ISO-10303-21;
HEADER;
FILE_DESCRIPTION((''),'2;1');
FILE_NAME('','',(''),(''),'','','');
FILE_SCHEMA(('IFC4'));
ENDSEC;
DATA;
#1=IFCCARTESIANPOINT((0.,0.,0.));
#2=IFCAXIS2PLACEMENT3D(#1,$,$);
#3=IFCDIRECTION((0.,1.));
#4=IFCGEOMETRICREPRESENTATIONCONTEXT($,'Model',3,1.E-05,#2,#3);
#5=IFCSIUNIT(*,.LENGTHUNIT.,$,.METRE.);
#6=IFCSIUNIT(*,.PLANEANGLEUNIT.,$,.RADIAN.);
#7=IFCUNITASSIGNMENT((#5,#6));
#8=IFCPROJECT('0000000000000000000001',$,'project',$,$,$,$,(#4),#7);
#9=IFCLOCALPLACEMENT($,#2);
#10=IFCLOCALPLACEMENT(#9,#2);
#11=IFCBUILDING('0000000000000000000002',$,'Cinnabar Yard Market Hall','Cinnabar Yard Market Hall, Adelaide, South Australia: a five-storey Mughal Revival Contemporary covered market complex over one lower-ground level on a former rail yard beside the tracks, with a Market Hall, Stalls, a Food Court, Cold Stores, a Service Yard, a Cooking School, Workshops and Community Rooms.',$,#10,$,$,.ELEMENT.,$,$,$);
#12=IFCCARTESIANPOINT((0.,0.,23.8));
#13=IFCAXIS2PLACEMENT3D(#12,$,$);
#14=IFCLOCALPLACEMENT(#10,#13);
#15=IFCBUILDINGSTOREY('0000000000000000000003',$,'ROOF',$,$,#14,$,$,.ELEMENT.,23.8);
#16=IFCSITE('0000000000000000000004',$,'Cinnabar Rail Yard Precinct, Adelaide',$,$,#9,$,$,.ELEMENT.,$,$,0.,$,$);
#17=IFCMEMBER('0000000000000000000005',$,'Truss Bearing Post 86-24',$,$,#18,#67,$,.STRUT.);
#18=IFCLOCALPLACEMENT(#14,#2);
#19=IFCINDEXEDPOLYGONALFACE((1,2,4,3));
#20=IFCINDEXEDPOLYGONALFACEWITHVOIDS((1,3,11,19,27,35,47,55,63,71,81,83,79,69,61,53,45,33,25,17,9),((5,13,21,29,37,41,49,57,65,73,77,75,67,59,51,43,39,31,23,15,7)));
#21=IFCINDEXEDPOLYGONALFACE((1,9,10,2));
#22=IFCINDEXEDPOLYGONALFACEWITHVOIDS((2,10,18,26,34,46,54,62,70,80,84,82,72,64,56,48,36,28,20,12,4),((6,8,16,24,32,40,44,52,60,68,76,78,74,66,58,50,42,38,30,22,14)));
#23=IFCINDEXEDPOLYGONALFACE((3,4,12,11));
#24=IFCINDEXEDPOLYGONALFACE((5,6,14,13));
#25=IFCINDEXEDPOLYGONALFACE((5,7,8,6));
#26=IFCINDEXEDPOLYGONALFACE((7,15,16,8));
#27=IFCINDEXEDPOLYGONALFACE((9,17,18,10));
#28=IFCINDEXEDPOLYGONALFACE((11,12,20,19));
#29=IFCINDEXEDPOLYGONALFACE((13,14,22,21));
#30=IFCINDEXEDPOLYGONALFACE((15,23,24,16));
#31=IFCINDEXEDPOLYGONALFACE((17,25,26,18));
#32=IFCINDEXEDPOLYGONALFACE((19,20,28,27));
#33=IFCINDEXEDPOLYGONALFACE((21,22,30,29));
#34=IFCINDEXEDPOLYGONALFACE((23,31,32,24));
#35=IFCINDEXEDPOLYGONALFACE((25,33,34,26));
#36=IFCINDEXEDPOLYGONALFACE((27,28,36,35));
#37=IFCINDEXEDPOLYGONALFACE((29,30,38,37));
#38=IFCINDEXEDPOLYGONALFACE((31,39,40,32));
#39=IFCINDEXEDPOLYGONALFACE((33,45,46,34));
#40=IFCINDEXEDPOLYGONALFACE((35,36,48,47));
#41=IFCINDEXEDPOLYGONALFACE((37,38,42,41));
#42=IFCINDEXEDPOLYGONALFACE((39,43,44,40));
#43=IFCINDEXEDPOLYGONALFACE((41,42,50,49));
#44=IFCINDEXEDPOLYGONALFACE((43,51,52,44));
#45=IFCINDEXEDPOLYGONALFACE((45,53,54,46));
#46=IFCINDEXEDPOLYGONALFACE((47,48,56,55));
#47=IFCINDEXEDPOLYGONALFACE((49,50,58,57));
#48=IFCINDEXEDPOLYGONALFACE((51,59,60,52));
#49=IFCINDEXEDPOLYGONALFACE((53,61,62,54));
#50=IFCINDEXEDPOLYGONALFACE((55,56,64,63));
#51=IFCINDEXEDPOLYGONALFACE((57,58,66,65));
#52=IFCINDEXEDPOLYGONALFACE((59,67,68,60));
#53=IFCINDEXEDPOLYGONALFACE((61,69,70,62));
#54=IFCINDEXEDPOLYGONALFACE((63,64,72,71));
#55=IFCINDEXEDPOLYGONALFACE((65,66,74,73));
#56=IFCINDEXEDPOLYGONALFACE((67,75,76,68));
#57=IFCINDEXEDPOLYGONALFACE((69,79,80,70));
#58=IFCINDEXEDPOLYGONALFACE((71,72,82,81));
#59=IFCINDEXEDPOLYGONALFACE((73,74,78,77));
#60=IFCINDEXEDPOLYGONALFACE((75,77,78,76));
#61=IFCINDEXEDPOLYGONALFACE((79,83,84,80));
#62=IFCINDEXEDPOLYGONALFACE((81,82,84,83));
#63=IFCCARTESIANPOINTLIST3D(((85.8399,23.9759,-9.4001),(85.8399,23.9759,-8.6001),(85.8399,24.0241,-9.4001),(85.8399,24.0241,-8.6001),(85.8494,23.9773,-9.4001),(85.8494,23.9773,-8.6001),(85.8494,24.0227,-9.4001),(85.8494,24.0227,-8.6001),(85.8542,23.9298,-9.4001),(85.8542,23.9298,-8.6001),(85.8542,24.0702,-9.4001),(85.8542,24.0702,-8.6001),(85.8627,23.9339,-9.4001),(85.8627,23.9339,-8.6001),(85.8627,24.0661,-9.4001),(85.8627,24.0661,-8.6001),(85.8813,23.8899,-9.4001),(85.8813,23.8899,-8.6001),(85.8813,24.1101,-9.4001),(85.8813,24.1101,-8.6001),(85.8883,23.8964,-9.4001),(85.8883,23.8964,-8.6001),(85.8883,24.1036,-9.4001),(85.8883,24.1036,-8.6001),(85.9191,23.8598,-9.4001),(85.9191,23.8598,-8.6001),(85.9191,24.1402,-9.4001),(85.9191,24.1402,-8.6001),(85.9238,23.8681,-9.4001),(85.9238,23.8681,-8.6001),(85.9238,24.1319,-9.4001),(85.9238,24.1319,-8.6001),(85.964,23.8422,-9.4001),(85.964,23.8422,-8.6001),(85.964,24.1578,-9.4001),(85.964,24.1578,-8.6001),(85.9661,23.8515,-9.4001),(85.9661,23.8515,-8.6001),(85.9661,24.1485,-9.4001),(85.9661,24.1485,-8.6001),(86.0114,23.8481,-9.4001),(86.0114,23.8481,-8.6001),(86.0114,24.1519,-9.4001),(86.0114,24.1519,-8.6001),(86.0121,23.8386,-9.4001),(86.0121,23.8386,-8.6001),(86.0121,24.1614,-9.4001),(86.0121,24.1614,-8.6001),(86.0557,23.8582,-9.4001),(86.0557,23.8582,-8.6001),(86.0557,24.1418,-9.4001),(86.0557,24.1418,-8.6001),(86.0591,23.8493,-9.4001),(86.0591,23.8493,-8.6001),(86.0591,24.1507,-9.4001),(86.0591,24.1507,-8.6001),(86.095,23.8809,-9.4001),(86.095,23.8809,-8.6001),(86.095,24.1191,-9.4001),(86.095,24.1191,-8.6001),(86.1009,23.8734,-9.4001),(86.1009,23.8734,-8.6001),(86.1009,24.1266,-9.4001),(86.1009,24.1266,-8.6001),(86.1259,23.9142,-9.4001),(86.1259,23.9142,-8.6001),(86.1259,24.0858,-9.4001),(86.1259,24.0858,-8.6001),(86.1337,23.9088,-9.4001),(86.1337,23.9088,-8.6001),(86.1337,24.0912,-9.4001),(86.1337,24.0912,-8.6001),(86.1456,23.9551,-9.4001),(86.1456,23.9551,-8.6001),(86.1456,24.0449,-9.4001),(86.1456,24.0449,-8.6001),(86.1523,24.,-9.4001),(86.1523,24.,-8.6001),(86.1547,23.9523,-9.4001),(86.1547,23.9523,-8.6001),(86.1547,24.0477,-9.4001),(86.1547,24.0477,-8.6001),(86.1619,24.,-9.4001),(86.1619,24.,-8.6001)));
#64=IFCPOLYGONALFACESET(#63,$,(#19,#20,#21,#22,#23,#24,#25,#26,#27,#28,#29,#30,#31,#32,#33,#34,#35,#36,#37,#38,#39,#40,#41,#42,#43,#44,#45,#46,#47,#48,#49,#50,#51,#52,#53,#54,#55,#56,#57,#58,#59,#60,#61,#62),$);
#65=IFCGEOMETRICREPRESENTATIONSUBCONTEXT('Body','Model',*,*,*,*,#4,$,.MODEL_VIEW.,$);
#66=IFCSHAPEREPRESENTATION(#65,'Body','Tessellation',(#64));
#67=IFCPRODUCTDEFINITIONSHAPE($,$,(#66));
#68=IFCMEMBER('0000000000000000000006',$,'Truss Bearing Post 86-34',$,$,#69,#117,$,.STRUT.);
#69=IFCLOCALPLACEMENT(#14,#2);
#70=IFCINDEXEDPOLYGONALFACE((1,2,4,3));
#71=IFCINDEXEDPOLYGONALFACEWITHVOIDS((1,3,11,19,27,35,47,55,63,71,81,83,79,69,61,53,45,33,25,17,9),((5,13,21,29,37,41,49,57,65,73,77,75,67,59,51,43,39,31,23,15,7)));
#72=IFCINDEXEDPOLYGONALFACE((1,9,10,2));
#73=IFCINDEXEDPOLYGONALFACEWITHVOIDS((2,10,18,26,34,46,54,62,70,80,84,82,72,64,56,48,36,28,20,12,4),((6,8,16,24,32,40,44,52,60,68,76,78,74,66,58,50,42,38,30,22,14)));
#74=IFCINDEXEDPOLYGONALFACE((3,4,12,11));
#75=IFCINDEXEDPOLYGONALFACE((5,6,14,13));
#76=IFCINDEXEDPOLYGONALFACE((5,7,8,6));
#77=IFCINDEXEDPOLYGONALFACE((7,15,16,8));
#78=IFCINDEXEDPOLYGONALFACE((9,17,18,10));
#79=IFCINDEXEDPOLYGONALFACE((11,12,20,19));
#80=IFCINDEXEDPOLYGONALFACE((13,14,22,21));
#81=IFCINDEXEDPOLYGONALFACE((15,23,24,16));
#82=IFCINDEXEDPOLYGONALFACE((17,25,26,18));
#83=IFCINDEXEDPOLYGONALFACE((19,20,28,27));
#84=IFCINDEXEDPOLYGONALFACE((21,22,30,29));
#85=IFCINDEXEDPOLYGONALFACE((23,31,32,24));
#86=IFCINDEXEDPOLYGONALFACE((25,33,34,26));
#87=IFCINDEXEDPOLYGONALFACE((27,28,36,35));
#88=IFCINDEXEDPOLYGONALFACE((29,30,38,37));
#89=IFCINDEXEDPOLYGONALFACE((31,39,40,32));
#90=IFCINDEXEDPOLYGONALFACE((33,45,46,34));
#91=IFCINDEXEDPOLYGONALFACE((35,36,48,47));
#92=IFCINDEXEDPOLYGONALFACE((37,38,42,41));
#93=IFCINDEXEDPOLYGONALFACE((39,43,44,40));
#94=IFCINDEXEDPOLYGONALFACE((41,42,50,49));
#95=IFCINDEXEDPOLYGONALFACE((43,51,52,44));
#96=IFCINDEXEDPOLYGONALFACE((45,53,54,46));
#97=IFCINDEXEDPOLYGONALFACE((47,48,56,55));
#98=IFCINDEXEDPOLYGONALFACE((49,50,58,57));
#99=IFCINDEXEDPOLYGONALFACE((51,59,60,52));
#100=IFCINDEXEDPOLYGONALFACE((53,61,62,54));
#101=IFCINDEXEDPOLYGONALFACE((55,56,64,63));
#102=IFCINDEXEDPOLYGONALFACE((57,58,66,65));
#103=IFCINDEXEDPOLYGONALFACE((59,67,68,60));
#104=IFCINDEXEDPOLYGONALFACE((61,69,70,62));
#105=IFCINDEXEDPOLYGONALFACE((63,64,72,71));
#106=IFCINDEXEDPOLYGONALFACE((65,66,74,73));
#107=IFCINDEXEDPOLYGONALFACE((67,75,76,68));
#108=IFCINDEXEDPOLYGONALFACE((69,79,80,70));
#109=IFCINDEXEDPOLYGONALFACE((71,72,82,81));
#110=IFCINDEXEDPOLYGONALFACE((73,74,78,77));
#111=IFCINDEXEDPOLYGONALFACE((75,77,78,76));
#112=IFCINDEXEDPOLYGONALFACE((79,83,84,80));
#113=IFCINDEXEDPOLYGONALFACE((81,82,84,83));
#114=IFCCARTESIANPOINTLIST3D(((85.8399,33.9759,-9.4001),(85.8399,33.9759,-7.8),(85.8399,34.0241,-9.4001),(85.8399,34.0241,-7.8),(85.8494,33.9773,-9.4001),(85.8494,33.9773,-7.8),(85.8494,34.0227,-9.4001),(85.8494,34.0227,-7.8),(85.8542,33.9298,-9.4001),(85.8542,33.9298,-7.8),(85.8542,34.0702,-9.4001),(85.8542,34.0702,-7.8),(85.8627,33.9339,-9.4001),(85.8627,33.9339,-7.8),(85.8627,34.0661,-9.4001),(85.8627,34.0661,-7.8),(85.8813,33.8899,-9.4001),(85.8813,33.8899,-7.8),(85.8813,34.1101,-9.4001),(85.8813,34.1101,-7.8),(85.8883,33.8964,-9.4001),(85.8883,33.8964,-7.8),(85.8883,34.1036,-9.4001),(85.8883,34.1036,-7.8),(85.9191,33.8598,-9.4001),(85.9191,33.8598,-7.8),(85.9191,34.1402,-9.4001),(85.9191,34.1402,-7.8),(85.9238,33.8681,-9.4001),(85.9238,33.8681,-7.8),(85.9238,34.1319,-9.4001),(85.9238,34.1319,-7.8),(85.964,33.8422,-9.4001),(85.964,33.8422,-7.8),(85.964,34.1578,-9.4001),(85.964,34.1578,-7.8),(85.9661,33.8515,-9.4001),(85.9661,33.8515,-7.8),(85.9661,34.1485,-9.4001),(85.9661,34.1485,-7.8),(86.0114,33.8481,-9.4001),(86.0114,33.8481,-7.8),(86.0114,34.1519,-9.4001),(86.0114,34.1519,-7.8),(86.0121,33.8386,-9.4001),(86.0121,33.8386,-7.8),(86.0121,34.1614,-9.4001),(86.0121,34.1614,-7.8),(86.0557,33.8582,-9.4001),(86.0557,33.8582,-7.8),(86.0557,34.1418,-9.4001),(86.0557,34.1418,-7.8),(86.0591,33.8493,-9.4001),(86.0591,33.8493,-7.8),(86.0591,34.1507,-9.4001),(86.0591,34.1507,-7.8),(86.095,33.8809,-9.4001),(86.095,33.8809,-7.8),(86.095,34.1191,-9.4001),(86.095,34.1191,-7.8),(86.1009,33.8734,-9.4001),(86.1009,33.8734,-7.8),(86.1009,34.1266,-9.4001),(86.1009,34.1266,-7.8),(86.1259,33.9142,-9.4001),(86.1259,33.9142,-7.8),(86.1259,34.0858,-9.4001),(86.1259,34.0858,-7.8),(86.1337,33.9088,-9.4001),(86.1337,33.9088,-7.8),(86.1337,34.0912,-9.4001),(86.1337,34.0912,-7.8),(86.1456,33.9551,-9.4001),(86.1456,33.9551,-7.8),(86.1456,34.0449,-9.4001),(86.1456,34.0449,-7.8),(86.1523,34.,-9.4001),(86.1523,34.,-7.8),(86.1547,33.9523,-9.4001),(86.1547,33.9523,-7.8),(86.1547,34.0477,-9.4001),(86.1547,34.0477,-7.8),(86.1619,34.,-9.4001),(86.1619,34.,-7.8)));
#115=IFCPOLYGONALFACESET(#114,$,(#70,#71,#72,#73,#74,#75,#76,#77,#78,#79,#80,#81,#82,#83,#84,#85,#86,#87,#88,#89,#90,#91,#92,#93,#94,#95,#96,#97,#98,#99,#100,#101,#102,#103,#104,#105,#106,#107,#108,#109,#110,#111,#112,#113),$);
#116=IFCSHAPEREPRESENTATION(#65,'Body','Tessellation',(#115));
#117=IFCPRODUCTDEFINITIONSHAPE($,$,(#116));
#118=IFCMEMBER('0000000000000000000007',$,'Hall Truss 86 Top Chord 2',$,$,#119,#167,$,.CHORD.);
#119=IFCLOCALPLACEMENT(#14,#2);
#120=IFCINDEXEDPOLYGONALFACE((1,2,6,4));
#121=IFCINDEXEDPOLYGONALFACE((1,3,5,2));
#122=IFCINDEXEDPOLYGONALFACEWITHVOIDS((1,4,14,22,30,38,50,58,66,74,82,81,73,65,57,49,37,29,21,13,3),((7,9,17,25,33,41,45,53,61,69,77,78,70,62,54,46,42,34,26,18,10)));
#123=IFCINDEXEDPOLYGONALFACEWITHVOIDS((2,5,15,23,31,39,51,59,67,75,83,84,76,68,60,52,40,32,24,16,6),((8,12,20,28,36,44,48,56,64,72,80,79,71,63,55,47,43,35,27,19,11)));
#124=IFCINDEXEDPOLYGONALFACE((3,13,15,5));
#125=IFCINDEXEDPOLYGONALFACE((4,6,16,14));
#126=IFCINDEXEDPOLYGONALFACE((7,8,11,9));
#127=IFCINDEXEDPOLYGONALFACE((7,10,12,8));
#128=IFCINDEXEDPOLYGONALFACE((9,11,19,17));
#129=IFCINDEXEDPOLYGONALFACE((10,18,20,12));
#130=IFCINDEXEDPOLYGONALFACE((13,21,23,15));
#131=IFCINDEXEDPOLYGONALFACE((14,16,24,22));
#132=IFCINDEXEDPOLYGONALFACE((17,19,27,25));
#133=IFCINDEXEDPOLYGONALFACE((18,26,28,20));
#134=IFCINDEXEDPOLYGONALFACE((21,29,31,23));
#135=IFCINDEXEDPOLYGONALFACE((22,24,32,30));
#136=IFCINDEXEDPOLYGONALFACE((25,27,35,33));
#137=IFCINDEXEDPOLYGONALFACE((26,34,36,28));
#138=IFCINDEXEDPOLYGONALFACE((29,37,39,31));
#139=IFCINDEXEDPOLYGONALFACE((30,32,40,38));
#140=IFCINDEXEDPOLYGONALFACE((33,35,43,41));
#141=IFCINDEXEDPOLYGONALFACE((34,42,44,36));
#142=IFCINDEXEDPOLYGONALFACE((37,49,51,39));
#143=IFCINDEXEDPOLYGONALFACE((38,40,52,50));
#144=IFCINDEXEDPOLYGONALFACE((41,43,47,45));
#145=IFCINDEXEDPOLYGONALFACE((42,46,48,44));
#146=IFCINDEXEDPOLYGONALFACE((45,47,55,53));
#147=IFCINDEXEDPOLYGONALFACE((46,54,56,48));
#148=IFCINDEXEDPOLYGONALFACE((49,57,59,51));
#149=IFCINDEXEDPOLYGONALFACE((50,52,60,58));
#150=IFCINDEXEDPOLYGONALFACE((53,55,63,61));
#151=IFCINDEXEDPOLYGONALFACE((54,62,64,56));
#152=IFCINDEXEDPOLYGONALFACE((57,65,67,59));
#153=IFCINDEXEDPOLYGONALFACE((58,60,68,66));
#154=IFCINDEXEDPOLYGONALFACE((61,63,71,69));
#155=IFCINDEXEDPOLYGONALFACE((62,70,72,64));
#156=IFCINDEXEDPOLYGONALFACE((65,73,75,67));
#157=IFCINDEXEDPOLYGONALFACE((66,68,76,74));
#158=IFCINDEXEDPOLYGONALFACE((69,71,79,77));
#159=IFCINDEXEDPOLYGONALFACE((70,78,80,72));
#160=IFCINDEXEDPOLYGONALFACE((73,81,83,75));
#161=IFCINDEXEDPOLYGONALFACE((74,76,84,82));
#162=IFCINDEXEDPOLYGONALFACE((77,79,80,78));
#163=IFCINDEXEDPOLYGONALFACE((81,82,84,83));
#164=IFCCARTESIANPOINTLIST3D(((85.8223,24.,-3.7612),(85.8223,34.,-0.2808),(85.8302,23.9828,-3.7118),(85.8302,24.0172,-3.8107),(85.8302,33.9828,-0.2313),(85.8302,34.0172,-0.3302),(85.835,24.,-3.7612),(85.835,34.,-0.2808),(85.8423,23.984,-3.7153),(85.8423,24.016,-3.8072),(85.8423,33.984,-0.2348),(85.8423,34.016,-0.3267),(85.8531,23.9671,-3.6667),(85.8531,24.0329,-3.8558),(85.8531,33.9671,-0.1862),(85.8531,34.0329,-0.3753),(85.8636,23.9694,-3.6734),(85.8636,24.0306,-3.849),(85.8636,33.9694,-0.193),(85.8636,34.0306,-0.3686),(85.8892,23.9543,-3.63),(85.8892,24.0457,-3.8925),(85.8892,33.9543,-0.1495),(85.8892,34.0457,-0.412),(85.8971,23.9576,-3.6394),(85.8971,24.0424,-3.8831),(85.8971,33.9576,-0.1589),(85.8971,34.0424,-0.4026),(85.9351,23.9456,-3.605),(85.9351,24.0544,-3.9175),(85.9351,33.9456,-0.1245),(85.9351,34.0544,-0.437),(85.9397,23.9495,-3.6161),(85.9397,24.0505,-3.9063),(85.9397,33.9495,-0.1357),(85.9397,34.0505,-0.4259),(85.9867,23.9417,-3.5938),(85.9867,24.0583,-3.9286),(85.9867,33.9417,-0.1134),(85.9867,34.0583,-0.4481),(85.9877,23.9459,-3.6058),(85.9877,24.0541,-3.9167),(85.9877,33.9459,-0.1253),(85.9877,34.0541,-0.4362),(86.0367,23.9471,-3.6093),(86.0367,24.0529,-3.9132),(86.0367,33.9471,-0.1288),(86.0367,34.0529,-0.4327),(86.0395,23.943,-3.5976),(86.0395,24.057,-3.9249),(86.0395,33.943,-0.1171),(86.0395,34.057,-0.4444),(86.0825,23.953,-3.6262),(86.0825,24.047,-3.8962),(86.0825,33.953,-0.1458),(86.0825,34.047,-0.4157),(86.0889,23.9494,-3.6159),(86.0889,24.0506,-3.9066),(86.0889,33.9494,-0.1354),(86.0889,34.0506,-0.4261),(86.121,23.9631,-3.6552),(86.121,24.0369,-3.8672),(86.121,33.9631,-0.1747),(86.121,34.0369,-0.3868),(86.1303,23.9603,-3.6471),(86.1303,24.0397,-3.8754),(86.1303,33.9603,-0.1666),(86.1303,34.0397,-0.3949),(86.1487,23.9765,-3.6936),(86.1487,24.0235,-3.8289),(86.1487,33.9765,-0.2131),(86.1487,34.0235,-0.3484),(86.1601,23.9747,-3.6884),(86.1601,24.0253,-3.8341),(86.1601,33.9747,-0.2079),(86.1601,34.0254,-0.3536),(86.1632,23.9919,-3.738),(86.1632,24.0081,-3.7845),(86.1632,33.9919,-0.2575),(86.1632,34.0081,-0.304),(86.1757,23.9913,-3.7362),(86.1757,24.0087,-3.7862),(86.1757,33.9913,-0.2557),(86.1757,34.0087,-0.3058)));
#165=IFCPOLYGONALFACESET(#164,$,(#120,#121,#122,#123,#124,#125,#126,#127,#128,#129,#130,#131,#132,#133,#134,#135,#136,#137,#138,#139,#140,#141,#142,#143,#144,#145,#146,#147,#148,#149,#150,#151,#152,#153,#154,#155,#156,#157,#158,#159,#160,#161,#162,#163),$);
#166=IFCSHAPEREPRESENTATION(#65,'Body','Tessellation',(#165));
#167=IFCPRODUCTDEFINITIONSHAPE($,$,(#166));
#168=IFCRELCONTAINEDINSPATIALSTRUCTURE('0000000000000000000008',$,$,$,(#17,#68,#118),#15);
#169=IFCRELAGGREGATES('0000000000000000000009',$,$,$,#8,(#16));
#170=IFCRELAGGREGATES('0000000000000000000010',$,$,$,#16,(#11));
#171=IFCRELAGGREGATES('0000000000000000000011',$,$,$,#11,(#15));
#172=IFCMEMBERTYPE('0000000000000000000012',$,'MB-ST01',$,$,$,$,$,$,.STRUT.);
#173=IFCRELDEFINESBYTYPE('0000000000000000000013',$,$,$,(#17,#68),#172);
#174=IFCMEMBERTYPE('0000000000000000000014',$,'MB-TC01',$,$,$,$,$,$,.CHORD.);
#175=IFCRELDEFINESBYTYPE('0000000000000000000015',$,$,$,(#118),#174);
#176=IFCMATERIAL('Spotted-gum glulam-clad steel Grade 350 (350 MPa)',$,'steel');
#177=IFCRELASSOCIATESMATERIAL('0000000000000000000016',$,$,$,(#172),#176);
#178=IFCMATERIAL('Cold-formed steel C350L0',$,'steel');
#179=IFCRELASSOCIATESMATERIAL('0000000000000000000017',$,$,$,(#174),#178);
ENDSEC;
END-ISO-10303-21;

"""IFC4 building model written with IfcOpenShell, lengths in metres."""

from ifc_helpers import new_model, si_unit, direction, frame, origin, origin_2d_with_axis, place, context, subcontext, project, spatial, hollow_circle, extrude, material, material_profile, profile_set, type_object, element, save


model = new_model("IFC4")

# Units and contexts
model_context = context("Model", 3, precision=1e-05, world=origin(), true_north=direction((0.0, 1.0)))
body_context = subcontext(model_context, "Body", "Model", "MODEL_VIEW")
ifc_project = project(units=[si_unit("LENGTHUNIT", "METRE"), si_unit("PLANEANGLEUNIT", "RADIAN")], contexts=[model_context])

# Site, building, storey
site_placement = place(None, origin())
site = spatial("IfcSite", under=ifc_project, at=site_placement, Name="Cinnabar Rail Yard Precinct, Adelaide", CompositionType="ELEMENT", RefElevation=0.0)
building_placement = place(site_placement, origin())
building = spatial("IfcBuilding", under=site, at=building_placement, Name="Cinnabar Yard Market Hall", Description="Cinnabar Yard Market Hall, Adelaide, South Australia: a five-storey Mughal Revival Contemporary covered market complex over one lower-ground level on a former rail yard beside the tracks, with a Market Hall, Stalls, a Food Court, Cold Stores, a Service Yard, a Cooking School, Workshops and Community Rooms.", CompositionType="ELEMENT")
storey_placement = place(building_placement, frame((0.0, 0.0, 23.8)))
storey = spatial("IfcBuildingStorey", under=building, at=storey_placement, Name="ROOF", CompositionType="ELEMENT", Elevation=23.8)

# Members
ifc_material_1 = material(Name="Cold-formed steel C350L0", Category="steel")
ifc_material_2 = material(Name="Spotted-gum glulam-clad steel Grade 350 (350 MPa)", Category="steel")
ifc_material_profile_1 = material_profile(ifc_material_2, hollow_circle(Radius=0.1619, WallThickness=0.0095, at=origin_2d_with_axis()), Name="323.9x9.5CHS")
ifc_profile_set_1 = profile_set([ifc_material_profile_1], Name="Spotted-gum glulam-clad steel Grade 350 (350 MPa)")
member_type_1 = type_object("IfcMemberType", Name="MB-ST01", PredefinedType="STRUT", material=ifc_profile_set_1)
member_1_placement = place(storey_placement, frame((86.0, 24.0, -9.4001), z_axis=(0.0, 0.0, 1.0), x_axis=(1.0, 0.0, 0.0)))
element("IfcMember", 1, at=member_1_placement, inside=storey, type_object=member_type_1, Name="Truss Bearing Post 86-24", PredefinedType="STRUT", context=body_context, shape_type="SweptSolid", body=[
    extrude(hollow_circle(Radius=0.1619, WallThickness=0.0095, at=origin_2d_with_axis()), origin(), (0.0, 0.0, 1.0), 0.8),
])
member_2_placement = place(storey_placement, frame((86.0, 34.0, -9.4001), z_axis=(0.0, 0.0, 1.0), x_axis=(1.0, 0.0, 0.0)))
element("IfcMember", 2, at=member_2_placement, inside=storey, type_object=member_type_1, Name="Truss Bearing Post 86-34", PredefinedType="STRUT", context=body_context, shape_type="SweptSolid", body=[
    extrude(hollow_circle(Radius=0.1619, WallThickness=0.0095, at=origin_2d_with_axis()), origin(), (0.0, 0.0, 1.0), 1.6001),
])
ifc_material_profile_2 = material_profile(ifc_material_1, hollow_circle(Radius=0.1777, WallThickness=0.0127, at=origin_2d_with_axis()), Name="355.6x12.7CHS")
ifc_profile_set_2 = profile_set([ifc_material_profile_2], Name="Cold-formed steel C350L0")
member_type_2 = type_object("IfcMemberType", Name="MB-TC01", PredefinedType="CHORD", material=ifc_profile_set_2)
for number, where, z_axis, x_axis, name in (
    (3, (86.0, 24.0, -3.7612), (0.0, 0.944432, 0.328707), (-1.0, 0.0, 0.0), "Hall Truss 86 Top Chord 2"),
):
    element("IfcMember", number, at=place(storey_placement, frame(where, z_axis=z_axis, x_axis=x_axis)), inside=storey, type_object=member_type_2, Name=name, PredefinedType="CHORD", context=body_context, shape_type="SweptSolid", body=[
        extrude(hollow_circle(Radius=0.1777, WallThickness=0.0127, at=origin_2d_with_axis()), origin(), (0.0, 0.0, 1.0), 10.5884),
    ])

save(model, "model.ifc")
